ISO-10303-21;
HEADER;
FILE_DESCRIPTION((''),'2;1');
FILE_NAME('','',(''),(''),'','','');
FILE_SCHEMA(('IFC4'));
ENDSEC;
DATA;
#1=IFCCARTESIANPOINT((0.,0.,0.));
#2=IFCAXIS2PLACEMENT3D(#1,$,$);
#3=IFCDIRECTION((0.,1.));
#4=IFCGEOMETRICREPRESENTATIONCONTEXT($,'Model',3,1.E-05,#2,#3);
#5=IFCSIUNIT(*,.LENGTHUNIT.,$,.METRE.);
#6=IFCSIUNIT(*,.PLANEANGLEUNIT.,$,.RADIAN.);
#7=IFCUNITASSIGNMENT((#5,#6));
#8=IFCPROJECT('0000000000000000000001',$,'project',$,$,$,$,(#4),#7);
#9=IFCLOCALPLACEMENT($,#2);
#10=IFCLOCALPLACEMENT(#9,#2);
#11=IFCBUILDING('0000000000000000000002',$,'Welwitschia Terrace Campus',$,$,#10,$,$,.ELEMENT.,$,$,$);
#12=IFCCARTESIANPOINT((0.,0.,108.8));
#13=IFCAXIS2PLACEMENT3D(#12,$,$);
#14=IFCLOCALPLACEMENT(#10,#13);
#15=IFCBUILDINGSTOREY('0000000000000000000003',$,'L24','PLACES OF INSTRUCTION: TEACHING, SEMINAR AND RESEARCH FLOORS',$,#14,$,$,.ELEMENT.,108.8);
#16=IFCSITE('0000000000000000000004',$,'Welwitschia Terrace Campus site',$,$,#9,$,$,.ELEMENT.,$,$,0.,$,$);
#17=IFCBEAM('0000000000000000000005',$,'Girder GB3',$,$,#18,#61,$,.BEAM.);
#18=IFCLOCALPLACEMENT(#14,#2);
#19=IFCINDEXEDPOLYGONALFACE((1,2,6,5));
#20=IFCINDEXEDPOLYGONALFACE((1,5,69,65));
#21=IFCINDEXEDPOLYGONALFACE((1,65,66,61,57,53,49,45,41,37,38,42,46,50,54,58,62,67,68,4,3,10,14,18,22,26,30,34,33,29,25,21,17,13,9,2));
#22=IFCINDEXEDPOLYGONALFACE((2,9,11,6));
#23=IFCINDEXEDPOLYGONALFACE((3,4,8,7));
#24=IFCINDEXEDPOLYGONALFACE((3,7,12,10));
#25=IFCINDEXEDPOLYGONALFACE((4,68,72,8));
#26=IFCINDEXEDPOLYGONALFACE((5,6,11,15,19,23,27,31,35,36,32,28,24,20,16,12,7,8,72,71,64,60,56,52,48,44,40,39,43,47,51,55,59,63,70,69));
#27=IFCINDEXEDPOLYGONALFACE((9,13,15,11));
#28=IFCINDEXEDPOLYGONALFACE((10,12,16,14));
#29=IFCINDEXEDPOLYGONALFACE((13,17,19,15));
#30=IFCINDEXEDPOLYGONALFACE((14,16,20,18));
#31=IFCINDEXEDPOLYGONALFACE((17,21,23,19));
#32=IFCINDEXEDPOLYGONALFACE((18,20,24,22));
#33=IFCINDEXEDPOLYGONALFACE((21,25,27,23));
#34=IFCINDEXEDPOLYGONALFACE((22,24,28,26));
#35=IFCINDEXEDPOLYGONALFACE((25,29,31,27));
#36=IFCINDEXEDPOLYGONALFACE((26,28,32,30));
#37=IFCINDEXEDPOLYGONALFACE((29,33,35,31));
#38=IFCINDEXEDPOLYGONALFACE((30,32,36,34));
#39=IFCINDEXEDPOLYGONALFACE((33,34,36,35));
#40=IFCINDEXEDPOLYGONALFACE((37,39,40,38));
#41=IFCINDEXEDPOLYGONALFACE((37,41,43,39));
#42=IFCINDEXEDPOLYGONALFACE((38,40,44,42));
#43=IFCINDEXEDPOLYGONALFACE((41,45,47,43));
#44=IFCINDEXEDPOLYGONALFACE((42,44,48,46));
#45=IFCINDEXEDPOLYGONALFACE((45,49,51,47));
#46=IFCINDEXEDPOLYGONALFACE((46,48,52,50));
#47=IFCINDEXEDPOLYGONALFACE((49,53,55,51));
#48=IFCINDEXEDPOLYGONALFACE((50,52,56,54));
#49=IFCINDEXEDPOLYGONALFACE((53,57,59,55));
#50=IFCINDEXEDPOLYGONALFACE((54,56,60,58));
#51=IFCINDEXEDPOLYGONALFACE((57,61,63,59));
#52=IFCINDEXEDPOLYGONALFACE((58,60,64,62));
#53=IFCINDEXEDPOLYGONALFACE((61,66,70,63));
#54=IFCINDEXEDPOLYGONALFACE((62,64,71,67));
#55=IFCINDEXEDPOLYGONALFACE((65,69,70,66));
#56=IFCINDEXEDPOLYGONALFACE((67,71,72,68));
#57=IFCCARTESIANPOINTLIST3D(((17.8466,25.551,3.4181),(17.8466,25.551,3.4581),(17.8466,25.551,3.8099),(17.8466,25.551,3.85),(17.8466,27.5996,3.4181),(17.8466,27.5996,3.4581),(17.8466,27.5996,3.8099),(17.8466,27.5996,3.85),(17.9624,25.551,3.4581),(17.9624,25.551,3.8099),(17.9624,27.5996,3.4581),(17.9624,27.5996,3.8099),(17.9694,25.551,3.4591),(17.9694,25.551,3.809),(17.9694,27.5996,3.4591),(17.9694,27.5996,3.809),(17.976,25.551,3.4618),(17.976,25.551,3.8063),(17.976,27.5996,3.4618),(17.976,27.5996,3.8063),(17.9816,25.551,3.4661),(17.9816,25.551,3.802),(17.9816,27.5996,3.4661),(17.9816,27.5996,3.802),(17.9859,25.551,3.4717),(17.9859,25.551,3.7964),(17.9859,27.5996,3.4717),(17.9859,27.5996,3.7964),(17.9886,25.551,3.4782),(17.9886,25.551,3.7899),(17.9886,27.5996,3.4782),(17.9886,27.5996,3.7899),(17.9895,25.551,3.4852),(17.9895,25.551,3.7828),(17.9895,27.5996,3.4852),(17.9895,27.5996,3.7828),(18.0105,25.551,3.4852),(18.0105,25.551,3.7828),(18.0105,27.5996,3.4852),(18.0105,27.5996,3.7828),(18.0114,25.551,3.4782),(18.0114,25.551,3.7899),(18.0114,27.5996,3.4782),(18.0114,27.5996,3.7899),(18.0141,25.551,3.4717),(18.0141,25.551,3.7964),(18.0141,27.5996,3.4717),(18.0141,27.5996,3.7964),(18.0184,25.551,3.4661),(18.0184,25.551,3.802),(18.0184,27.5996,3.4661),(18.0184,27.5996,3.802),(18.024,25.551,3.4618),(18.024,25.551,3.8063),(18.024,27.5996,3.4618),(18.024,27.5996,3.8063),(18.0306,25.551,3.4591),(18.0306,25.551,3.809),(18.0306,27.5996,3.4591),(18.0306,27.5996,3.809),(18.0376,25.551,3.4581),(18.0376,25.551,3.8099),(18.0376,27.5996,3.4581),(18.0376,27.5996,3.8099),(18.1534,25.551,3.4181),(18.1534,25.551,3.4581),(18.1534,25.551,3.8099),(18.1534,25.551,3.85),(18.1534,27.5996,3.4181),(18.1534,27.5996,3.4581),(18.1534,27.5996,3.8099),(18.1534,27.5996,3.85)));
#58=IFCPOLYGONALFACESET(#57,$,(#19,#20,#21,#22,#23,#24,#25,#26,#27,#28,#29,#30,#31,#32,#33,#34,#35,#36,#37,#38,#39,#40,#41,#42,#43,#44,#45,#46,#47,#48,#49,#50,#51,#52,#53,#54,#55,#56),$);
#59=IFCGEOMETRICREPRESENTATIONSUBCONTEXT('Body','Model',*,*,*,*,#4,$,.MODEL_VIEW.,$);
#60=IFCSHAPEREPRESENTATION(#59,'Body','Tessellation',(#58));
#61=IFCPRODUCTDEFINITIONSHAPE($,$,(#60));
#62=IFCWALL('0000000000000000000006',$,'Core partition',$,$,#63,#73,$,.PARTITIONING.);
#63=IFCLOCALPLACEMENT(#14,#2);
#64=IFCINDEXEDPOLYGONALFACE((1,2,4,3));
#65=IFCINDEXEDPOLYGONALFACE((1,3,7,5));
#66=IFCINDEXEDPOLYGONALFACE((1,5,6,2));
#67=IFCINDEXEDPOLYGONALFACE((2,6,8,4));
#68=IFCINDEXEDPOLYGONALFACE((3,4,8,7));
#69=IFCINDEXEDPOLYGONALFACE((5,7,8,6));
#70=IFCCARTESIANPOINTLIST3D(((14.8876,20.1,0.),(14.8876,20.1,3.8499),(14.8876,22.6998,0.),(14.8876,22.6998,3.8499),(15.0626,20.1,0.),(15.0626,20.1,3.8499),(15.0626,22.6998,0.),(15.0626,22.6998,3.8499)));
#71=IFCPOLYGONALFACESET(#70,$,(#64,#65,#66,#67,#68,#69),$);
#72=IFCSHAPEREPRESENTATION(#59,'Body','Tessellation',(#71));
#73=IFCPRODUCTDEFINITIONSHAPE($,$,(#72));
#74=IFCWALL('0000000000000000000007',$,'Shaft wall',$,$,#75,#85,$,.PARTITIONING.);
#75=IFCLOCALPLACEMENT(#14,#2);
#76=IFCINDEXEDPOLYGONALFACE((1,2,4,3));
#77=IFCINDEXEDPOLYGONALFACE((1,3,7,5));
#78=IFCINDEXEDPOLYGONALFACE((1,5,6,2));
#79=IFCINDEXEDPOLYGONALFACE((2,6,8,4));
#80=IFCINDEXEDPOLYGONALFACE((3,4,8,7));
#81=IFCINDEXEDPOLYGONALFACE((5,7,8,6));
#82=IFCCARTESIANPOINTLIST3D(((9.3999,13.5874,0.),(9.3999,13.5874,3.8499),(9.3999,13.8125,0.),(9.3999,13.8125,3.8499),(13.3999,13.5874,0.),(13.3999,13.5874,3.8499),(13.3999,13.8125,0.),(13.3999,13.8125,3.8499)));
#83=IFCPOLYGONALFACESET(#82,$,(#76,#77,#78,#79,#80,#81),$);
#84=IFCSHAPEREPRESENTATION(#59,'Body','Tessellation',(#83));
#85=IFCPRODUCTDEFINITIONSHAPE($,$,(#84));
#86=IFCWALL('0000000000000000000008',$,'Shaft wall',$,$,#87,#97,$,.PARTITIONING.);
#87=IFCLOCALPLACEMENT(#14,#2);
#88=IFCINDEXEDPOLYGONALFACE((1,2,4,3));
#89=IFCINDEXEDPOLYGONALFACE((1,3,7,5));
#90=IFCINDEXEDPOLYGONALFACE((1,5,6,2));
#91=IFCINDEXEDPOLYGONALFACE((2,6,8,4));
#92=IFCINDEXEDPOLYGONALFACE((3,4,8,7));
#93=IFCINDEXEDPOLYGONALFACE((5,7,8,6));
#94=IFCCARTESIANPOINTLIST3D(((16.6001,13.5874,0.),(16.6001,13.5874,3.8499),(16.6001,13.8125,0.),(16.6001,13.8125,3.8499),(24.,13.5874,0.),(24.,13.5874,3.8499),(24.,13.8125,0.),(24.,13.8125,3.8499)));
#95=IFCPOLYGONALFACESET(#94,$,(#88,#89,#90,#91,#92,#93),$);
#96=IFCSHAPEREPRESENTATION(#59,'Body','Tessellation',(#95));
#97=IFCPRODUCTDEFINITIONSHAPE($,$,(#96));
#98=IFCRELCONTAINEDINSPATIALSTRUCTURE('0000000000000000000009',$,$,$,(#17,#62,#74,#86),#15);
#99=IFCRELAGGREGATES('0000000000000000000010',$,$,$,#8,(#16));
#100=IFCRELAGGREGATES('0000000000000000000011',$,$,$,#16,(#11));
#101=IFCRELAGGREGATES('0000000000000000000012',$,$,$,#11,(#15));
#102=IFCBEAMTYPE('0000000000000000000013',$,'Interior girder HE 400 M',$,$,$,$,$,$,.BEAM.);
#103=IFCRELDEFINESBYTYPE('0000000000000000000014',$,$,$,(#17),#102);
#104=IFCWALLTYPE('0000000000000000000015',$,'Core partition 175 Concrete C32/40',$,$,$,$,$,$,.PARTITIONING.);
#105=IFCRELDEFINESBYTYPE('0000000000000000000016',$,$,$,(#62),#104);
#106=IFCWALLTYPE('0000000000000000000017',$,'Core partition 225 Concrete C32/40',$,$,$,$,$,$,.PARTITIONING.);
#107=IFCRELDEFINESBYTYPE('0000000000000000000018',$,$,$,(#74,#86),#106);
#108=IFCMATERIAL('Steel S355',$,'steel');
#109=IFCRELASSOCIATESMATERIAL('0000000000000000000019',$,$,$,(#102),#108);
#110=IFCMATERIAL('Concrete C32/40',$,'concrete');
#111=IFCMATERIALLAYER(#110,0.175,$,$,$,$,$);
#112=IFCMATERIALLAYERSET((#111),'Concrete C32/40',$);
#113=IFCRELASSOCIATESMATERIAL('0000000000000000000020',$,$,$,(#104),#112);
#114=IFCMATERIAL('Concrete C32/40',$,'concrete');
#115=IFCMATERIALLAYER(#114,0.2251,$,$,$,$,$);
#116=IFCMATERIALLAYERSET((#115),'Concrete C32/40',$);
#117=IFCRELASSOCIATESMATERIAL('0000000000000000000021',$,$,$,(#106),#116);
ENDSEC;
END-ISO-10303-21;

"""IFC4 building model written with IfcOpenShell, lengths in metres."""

from ifc_helpers import new_model, si_unit, direction, frame, frame_2d, origin, origin_2d, place, context, subcontext, project, spatial, rectangle, i_section, extrude, material, layer, layer_set, material_profile, profile_set, type_object, element, save


model = new_model("IFC4")

# Units and contexts
model_context = context("Model", 3, precision=1e-05, world=origin(), true_north=direction((0.0, 1.0)))
body_context = subcontext(model_context, "Body", "Model", "MODEL_VIEW")
ifc_project = project(units=[si_unit("LENGTHUNIT", "METRE"), si_unit("PLANEANGLEUNIT", "RADIAN")], contexts=[model_context])

# Site, building, storey
site_placement = place(None, origin())
site = spatial("IfcSite", under=ifc_project, at=site_placement, Name="Welwitschia Terrace Campus site", CompositionType="ELEMENT", RefElevation=0.0)
building_placement = place(site_placement, origin())
building = spatial("IfcBuilding", under=site, at=building_placement, Name="Welwitschia Terrace Campus", CompositionType="ELEMENT")
storey_placement = place(building_placement, frame((0.0, 0.0, 108.8)))
storey = spatial("IfcBuildingStorey", under=building, at=storey_placement, Name="L24", Description="PLACES OF INSTRUCTION: TEACHING, SEMINAR AND RESEARCH FLOORS", CompositionType="ELEMENT", Elevation=108.8)

# Beam
ifc_material_1 = material(Name="Steel S355", Category="steel")
ifc_material_profile = material_profile(ifc_material_1, i_section(OverallWidth=0.3069, OverallDepth=0.4319, WebThickness=0.021, FlangeThickness=0.04, FilletRadius=0.0271, at=origin_2d()))
ifc_profile_set = profile_set([ifc_material_profile], Name="Steel S355")
beam_type = type_object("IfcBeamType", Name="Interior girder HE 400 M", PredefinedType="BEAM", material=ifc_profile_set)
beam_placement = place(storey_placement, frame((18.0, 25.551, 3.634), z_axis=(0.0, 1.0, 0.0), x_axis=(-1.0, 0.0, 0.0)))
element("IfcBeam", 1, at=beam_placement, inside=storey, type_object=beam_type, Name="Girder GB3", PredefinedType="BEAM", context=body_context, shape_type="SweptSolid", body=[
    extrude(i_section(OverallWidth=0.3069, OverallDepth=0.4319, WebThickness=0.021, FlangeThickness=0.04, FilletRadius=0.0271, at=origin_2d()), origin(), (0.0, 0.0, 1.0), 2.0486),
])

# Walls
ifc_material_2 = material(Name="Concrete C32/40", Category="concrete")
ifc_layer_1 = layer(ifc_material_2, 0.175)
ifc_layer_set_1 = layer_set([ifc_layer_1], Name="Concrete C32/40")
wall_type_1 = type_object("IfcWallType", Name="Core partition 175 Concrete C32/40", PredefinedType="PARTITIONING", material=ifc_layer_set_1)
wall_1_placement = place(storey_placement, frame((14.9751, 20.1001, 0.0), z_axis=(0.0, 0.0, 1.0), x_axis=(0.0, 1.0, 0.0)))
element("IfcWall", 2, at=wall_1_placement, inside=storey, type_object=wall_type_1, Name="Core partition", PredefinedType="PARTITIONING", context=body_context, shape_type="SweptSolid", body=[
    extrude(rectangle(XDim=2.5999, YDim=0.175, at=frame_2d((1.2998, 0.0))), origin(), (0.0, 0.0, 1.0), 3.8499),
])
ifc_material_3 = material(Name="Concrete C32/40", Category="concrete")
ifc_layer_2 = layer(ifc_material_3, 0.2251)
ifc_layer_set_2 = layer_set([ifc_layer_2], Name="Concrete C32/40")
wall_type_2 = type_object("IfcWallType", Name="Core partition 225 Concrete C32/40", PredefinedType="PARTITIONING", material=ifc_layer_set_2)
wall_2_placement = place(storey_placement, frame((9.3999, 13.7, 0.0), z_axis=(0.0, 0.0, 1.0), x_axis=(1.0, 0.0, 0.0)))
element("IfcWall", 3, at=wall_2_placement, inside=storey, type_object=wall_type_2, Name="Shaft wall", PredefinedType="PARTITIONING", context=body_context, shape_type="SweptSolid", body=[
    extrude(rectangle(XDim=4.0, YDim=0.2251, at=frame_2d((2.0, 0.0))), origin(), (0.0, 0.0, 1.0), 3.8499),
])
wall_3_placement = place(storey_placement, frame((16.6001, 13.7, 0.0), z_axis=(0.0, 0.0, 1.0), x_axis=(1.0, 0.0, 0.0)))
element("IfcWall", 4, at=wall_3_placement, inside=storey, type_object=wall_type_2, Name="Shaft wall", PredefinedType="PARTITIONING", context=body_context, shape_type="SweptSolid", body=[
    extrude(rectangle(XDim=7.3999, YDim=0.2251, at=frame_2d((3.7, 0.0))), origin(), (0.0, 0.0, 1.0), 3.8499),
])

save(model, "model.ifc")
